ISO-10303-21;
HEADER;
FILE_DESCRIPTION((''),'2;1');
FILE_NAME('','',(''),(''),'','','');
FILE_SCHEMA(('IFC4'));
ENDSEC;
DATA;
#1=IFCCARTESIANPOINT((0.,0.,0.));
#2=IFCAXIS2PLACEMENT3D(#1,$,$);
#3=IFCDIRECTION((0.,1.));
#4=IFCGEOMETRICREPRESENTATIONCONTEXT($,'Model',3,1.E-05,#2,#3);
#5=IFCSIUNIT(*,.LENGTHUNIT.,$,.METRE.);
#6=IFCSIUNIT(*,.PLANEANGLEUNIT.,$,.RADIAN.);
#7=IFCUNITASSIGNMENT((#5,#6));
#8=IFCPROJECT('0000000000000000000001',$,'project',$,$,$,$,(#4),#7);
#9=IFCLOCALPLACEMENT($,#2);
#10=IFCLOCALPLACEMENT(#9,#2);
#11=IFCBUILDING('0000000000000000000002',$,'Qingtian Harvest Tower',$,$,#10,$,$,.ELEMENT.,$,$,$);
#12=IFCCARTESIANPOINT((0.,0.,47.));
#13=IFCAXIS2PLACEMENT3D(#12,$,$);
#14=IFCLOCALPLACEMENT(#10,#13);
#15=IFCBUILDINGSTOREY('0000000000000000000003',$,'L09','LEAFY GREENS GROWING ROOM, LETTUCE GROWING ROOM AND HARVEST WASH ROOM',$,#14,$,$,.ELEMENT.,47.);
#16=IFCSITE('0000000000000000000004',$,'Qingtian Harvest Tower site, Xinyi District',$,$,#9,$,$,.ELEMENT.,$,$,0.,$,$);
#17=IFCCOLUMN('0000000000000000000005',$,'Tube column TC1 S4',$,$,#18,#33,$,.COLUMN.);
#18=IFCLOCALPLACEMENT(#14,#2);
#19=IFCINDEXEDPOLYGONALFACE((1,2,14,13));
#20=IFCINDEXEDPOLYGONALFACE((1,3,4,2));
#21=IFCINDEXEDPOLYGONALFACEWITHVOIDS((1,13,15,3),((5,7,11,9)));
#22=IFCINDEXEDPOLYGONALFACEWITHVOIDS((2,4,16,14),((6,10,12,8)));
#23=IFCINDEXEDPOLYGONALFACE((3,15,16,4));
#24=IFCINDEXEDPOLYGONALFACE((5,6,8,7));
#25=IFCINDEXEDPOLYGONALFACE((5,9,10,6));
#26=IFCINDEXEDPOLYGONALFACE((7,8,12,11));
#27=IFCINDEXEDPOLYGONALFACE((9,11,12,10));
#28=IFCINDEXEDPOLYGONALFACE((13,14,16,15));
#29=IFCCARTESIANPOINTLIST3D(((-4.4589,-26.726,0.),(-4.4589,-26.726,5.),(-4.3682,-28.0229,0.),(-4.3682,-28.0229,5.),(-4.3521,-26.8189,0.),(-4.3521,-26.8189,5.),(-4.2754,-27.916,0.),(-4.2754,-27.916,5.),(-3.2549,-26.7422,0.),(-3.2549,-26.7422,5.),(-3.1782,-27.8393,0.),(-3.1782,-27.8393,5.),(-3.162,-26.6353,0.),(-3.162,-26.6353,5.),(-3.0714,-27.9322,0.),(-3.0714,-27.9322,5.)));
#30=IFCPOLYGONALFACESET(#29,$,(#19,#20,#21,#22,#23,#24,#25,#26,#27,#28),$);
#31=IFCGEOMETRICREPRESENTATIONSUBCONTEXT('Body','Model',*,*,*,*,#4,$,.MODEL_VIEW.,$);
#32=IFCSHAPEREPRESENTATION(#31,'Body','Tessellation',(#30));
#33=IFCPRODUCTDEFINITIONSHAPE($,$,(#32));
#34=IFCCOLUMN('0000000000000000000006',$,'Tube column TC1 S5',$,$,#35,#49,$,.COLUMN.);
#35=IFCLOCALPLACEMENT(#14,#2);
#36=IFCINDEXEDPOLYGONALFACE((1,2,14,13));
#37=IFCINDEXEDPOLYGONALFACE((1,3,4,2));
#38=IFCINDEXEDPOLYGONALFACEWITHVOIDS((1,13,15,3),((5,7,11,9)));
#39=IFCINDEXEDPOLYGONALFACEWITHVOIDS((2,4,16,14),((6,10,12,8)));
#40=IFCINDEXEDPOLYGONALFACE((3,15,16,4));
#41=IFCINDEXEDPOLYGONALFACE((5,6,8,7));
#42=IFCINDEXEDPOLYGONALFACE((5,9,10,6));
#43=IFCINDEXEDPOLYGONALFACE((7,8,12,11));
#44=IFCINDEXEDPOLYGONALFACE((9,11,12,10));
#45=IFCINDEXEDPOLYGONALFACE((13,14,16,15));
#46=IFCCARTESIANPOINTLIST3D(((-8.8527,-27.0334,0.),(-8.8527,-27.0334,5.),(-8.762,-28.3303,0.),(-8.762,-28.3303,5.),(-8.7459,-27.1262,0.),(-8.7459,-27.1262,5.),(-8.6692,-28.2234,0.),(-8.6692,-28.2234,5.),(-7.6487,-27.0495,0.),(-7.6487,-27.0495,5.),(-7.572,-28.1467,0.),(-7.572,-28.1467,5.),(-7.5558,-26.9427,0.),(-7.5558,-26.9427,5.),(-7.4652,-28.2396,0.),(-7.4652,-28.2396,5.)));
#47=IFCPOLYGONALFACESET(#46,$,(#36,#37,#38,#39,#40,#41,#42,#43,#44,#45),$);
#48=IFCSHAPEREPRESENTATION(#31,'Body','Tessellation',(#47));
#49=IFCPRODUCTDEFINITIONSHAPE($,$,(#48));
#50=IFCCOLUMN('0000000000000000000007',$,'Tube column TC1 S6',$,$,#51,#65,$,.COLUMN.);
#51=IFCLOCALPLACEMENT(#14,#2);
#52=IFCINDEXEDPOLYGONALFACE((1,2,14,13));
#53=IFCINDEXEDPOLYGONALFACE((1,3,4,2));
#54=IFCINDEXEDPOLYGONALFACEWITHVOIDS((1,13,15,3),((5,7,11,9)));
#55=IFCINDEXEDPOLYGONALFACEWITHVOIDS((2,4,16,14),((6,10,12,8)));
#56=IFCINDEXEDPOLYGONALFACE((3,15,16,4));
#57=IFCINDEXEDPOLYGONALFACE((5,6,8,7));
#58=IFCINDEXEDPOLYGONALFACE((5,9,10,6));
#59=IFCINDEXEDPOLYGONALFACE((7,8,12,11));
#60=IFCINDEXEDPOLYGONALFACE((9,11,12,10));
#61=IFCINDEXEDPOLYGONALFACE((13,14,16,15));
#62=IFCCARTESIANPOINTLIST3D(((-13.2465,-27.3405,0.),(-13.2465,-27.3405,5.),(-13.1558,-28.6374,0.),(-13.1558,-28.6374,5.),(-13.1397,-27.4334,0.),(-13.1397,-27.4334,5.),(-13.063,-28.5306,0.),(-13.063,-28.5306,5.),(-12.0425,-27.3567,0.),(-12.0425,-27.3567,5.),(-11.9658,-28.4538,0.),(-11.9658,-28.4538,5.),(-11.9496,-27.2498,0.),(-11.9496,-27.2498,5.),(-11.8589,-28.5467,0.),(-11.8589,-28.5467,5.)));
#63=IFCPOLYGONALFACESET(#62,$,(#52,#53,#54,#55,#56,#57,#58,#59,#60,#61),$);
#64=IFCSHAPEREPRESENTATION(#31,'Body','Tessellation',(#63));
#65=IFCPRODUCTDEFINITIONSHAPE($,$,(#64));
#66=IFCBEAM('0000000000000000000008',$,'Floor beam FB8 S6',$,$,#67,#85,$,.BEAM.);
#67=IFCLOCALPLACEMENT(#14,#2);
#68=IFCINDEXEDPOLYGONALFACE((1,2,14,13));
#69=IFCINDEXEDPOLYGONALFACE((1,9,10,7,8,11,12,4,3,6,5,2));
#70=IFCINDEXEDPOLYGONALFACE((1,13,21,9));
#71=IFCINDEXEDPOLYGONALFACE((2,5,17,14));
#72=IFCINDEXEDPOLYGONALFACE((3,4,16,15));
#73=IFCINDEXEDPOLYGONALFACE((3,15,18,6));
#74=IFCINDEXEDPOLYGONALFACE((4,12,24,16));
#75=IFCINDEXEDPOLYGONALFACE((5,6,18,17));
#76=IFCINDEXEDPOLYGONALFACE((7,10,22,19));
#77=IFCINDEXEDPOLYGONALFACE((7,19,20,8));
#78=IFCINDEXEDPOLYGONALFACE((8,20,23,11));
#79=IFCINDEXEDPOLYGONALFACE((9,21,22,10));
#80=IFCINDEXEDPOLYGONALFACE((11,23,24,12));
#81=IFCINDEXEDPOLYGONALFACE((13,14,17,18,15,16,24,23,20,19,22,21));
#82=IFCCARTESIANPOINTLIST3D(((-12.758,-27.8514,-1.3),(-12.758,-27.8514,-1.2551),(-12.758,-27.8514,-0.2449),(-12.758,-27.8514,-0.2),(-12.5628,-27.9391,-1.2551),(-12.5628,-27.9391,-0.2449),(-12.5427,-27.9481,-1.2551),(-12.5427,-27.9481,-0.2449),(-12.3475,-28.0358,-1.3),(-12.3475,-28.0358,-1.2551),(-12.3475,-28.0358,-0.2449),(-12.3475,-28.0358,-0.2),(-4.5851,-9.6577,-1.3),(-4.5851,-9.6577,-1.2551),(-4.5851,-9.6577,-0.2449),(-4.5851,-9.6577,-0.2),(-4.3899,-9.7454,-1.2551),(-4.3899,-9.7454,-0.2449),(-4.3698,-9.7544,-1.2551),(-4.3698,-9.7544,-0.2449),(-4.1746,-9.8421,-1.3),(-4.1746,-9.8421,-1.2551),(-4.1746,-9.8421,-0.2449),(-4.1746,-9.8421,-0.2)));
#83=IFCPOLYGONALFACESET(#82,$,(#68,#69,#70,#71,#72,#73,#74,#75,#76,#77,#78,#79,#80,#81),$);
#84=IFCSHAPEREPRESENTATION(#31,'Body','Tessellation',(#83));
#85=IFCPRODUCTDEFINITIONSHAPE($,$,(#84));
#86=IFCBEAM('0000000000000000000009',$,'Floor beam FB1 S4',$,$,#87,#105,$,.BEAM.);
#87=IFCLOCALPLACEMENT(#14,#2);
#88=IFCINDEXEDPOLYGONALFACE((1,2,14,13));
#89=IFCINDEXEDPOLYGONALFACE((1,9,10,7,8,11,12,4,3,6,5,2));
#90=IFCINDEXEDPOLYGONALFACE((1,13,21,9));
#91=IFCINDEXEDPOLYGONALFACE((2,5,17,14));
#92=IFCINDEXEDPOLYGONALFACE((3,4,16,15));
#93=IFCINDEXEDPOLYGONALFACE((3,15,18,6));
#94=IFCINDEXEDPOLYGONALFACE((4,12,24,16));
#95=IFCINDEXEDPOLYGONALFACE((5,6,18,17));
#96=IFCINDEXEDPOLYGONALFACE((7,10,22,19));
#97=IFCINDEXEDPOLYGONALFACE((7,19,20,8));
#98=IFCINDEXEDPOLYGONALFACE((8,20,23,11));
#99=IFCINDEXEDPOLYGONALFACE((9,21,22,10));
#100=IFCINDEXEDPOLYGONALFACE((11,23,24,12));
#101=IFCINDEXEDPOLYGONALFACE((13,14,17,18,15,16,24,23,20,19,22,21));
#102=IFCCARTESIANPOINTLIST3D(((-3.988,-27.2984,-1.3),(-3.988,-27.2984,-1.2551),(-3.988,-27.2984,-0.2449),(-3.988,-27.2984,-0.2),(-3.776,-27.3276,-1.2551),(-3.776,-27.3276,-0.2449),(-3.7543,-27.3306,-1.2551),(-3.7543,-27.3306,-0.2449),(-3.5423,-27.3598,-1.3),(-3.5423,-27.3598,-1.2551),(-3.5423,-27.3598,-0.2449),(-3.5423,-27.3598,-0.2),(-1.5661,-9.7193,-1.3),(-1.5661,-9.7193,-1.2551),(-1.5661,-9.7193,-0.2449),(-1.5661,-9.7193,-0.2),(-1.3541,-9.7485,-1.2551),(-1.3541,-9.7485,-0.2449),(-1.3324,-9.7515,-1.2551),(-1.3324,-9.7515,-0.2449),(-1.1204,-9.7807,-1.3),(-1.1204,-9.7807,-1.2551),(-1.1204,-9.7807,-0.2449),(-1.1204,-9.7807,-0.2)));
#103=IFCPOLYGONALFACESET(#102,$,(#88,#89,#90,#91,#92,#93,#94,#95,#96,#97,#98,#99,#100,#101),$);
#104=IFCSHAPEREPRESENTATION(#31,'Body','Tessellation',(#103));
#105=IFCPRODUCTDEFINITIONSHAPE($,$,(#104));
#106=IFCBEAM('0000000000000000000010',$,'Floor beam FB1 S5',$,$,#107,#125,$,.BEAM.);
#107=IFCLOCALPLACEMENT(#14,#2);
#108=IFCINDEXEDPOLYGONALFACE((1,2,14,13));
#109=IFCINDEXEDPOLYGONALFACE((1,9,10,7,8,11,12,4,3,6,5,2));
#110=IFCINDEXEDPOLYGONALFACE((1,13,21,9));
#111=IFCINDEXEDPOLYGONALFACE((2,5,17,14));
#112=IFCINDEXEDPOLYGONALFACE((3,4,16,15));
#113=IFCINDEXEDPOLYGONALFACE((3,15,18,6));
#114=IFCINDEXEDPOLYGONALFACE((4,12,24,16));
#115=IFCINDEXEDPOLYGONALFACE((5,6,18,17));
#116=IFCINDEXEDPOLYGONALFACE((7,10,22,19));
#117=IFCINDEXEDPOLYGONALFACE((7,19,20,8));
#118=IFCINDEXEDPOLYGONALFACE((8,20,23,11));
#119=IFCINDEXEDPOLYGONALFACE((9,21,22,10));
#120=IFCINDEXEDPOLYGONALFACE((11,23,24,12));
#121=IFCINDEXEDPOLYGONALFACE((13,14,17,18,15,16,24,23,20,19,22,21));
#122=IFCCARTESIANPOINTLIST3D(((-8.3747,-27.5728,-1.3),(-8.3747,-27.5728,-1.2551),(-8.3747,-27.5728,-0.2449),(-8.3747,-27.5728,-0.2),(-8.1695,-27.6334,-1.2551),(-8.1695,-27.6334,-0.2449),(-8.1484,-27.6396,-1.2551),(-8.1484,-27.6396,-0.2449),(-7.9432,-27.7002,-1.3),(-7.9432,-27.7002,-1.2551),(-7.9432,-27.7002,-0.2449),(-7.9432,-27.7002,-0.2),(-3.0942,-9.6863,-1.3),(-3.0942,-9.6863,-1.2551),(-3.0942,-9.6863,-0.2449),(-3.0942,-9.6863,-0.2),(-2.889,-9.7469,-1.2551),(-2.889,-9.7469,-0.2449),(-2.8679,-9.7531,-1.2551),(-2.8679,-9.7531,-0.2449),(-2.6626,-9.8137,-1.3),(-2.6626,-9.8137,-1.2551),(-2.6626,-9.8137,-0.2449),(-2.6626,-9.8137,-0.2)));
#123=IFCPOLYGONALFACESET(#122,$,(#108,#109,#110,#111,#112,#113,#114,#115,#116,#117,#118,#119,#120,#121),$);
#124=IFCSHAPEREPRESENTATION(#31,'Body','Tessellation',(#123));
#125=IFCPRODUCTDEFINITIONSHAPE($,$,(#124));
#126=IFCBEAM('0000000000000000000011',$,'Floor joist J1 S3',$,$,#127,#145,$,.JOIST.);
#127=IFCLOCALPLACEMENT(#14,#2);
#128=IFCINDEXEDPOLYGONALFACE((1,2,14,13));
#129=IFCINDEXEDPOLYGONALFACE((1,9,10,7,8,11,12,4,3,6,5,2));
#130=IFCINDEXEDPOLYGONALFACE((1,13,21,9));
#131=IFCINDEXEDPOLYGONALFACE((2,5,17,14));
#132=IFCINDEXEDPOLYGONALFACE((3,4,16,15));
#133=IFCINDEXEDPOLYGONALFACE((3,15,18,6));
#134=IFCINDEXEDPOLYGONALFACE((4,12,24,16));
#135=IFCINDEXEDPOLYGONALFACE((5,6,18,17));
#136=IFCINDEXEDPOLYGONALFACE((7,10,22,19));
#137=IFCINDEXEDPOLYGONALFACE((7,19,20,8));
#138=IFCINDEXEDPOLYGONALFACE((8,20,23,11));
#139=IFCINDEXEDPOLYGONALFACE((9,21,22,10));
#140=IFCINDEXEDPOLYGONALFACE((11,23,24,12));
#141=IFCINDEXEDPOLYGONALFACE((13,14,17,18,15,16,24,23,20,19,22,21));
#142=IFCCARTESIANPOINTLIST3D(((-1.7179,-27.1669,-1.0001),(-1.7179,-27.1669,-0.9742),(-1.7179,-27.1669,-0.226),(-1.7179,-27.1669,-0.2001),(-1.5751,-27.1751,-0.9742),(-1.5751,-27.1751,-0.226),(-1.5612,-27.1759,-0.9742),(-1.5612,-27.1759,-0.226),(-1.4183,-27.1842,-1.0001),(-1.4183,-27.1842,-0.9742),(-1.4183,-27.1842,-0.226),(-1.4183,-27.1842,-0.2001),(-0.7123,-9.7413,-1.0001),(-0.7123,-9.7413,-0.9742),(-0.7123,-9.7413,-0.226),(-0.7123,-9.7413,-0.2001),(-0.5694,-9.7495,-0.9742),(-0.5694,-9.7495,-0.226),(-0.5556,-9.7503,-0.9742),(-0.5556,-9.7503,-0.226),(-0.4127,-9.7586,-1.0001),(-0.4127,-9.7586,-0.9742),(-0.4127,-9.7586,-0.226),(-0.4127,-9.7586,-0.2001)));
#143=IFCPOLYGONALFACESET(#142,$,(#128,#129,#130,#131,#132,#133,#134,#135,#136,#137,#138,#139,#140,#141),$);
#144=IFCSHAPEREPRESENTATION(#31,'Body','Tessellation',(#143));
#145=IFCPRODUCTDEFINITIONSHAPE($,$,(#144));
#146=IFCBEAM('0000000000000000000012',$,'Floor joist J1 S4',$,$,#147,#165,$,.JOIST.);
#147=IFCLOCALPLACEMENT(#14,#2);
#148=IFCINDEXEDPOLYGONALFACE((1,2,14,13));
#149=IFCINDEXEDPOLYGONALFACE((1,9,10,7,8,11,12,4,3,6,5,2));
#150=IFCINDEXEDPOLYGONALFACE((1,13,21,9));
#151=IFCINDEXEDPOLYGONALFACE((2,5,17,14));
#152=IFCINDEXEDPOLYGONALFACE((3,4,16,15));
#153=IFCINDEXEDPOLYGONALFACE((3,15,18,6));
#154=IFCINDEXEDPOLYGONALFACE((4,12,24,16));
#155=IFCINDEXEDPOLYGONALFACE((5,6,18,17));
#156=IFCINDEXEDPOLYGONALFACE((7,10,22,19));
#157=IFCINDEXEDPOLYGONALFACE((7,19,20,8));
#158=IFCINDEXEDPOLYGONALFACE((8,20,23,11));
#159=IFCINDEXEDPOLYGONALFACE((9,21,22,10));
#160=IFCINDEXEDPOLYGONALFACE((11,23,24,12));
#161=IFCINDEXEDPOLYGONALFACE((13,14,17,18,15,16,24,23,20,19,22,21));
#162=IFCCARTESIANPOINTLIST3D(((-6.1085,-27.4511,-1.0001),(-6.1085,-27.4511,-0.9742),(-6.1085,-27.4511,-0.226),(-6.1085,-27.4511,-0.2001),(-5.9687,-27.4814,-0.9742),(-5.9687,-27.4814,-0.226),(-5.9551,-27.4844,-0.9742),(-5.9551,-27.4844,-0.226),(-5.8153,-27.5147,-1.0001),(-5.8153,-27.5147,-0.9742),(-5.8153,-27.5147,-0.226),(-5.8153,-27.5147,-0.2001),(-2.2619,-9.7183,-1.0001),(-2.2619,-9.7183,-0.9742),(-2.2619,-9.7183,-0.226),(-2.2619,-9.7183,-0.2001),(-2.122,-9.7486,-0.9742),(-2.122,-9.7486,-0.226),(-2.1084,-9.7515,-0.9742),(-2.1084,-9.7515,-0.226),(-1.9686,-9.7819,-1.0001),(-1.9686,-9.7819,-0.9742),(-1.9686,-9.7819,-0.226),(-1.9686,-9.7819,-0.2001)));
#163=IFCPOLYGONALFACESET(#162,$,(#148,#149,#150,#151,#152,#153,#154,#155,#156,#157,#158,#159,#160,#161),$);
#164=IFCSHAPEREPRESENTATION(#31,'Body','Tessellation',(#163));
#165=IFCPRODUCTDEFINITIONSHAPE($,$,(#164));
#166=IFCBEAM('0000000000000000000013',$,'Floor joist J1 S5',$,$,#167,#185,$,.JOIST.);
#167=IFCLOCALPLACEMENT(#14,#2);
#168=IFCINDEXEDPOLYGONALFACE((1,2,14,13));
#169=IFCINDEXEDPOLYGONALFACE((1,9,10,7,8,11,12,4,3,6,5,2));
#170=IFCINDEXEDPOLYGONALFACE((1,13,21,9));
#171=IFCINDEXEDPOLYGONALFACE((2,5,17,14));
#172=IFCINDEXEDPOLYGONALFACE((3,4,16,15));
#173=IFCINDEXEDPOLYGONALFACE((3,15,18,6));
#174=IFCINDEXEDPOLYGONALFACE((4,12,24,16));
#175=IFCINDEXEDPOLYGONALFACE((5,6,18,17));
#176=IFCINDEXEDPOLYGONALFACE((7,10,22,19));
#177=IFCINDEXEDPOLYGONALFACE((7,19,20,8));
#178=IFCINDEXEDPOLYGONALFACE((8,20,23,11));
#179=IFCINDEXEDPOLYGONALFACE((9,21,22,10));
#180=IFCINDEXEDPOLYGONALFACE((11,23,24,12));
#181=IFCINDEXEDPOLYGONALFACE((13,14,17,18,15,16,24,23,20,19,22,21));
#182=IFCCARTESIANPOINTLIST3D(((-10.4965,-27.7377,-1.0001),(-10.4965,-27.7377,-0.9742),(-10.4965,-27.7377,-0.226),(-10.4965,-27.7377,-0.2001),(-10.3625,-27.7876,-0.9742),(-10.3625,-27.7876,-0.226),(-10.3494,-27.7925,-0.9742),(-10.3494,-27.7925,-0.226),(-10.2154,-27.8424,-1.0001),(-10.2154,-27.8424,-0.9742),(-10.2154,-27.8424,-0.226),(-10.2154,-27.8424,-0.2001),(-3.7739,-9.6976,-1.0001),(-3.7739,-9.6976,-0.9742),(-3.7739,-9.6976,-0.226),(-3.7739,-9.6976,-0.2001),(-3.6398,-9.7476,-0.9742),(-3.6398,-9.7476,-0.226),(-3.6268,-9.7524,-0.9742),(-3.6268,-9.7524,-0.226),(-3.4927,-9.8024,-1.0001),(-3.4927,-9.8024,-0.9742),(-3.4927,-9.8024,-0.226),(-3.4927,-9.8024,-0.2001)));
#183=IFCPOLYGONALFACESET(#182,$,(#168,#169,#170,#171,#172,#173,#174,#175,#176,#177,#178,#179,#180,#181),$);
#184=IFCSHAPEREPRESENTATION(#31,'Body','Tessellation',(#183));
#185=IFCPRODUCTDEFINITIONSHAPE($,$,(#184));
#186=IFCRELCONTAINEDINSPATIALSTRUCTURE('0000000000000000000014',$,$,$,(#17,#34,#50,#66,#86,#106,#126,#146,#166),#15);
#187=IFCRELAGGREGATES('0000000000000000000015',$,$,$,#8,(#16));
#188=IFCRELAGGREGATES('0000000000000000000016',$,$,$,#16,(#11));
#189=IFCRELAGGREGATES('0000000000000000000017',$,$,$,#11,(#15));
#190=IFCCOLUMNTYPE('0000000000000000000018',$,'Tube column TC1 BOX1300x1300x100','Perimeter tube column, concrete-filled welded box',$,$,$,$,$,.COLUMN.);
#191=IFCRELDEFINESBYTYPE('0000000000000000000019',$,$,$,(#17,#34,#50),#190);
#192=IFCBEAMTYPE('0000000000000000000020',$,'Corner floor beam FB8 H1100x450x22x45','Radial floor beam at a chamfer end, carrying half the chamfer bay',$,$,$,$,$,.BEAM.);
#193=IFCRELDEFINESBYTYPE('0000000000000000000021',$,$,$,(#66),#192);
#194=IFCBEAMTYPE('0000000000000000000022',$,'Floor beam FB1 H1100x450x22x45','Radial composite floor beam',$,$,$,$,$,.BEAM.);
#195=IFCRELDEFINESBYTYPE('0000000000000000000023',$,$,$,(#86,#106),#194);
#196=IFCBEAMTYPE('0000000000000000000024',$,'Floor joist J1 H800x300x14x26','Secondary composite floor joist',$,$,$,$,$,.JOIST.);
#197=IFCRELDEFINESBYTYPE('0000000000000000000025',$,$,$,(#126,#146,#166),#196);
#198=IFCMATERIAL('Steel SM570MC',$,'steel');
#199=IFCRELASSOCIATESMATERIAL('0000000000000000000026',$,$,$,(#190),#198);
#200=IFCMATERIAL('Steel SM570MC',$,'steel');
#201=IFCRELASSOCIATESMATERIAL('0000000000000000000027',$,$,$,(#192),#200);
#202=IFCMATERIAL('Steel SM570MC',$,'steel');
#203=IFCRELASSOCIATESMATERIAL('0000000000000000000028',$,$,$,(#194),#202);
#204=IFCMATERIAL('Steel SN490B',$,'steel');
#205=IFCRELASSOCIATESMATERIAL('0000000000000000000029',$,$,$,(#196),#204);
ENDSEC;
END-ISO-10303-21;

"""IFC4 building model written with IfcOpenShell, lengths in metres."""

from ifc_helpers import new_model, si_unit, direction, frame, origin, origin_2d, place, context, subcontext, project, spatial, hollow_rectangle, i_section, extrude, material, material_profile, profile_set, type_object, element, save


model = new_model("IFC4")

# Units and contexts
model_context = context("Model", 3, precision=1e-05, world=origin(), true_north=direction((0.0, 1.0)))
body_context = subcontext(model_context, "Body", "Model", "MODEL_VIEW")
ifc_project = project(units=[si_unit("LENGTHUNIT", "METRE"), si_unit("PLANEANGLEUNIT", "RADIAN")], contexts=[model_context])

# Site, building, storey
site_placement = place(None, origin())
site = spatial("IfcSite", under=ifc_project, at=site_placement, Name="Qingtian Harvest Tower site, Xinyi District", CompositionType="ELEMENT", RefElevation=0.0)
building_placement = place(site_placement, origin())
building = spatial("IfcBuilding", under=site, at=building_placement, Name="Qingtian Harvest Tower", CompositionType="ELEMENT")
storey_placement = place(building_placement, frame((0.0, 0.0, 47.0)))
storey = spatial("IfcBuildingStorey", under=building, at=storey_placement, Name="L09", Description="LEAFY GREENS GROWING ROOM, LETTUCE GROWING ROOM AND HARVEST WASH ROOM", CompositionType="ELEMENT", Elevation=47.0)

# Columns
ifc_material_1 = material(Name="Steel SM570MC", Category="steel")
ifc_material_profile_1 = material_profile(ifc_material_1, hollow_rectangle(XDim=1.3, YDim=1.3, WallThickness=0.1001, at=origin_2d()), Name="BOX1300x1300x100")
ifc_profile_set_1 = profile_set([ifc_material_profile_1], Name="Steel SM570MC")
column_type = type_object("IfcColumnType", Name="Tube column TC1 BOX1300x1300x100", Description="Perimeter tube column, concrete-filled welded box", PredefinedType="COLUMN", material=ifc_profile_set_1)
for number, where, z_axis, x_axis, name in (
    (1, (-3.7651, -27.3291, 0.0), (0.0, 0.0, 1.0), (0.997564, 0.069756, 0.0), "Tube column TC1 S4"),
    (2, (-8.1589, -27.6365, 0.0), (0.0, 0.0, 1.0), (0.997564, 0.069756, 0.0), "Tube column TC1 S5"),
    (3, (-12.5527, -27.9436, 0.0), (0.0, 0.0, 1.0), (0.997564, 0.069756, 0.0), "Tube column TC1 S6"),
):
    element("IfcColumn", number, at=place(storey_placement, frame(where, z_axis=z_axis, x_axis=x_axis)), inside=storey, type_object=column_type, Name=name, PredefinedType="COLUMN", context=body_context, shape_type="SweptSolid", body=[
        extrude(hollow_rectangle(XDim=1.3, YDim=1.3, WallThickness=0.1001, at=origin_2d()), origin(), (0.0, 0.0, 1.0), 5.0),
    ])

# Beams
ifc_material_2 = material(Name="Steel SM570MC", Category="steel")
ifc_material_profile_2 = material_profile(ifc_material_2, i_section(OverallWidth=0.45, OverallDepth=1.1001, WebThickness=0.022, FlangeThickness=0.0449, at=origin_2d()), Name="H1100x450x22x45")
ifc_profile_set_2 = profile_set([ifc_material_profile_2], Name="Steel SM570MC")
beam_type_1 = type_object("IfcBeamType", Name="Corner floor beam FB8 H1100x450x22x45", Description="Radial floor beam at a chamfer end, carrying half the chamfer bay", PredefinedType="BEAM", material=ifc_profile_set_2)
beam_1_placement = place(storey_placement, frame((-12.5527, -27.9436, -0.75), z_axis=(0.40977, 0.912189, 0.0), x_axis=(-0.912189, 0.40977, 0.0)))
element("IfcBeam", 4, at=beam_1_placement, inside=storey, type_object=beam_type_1, Name="Floor beam FB8 S6", PredefinedType="BEAM", context=body_context, shape_type="SweptSolid", body=[
    extrude(i_section(OverallWidth=0.45, OverallDepth=1.1001, WebThickness=0.022, FlangeThickness=0.0449, at=origin_2d()), origin(), (0.0, 0.0, 1.0), 19.9451),
])
ifc_material_3 = material(Name="Steel SM570MC", Category="steel")
ifc_material_profile_3 = material_profile(ifc_material_3, i_section(OverallWidth=0.45, OverallDepth=1.1001, WebThickness=0.022, FlangeThickness=0.0449, at=origin_2d()), Name="H1100x450x22x45")
ifc_profile_set_3 = profile_set([ifc_material_profile_3], Name="Steel SM570MC")
beam_type_2 = type_object("IfcBeamType", Name="Floor beam FB1 H1100x450x22x45", Description="Radial composite floor beam", PredefinedType="BEAM", material=ifc_profile_set_3)
beam_2_placement = place(storey_placement, frame((-3.7651, -27.3291, -0.75), z_axis=(0.136481, 0.990643, 0.0), x_axis=(-0.990643, 0.136481, 0.0)))
element("IfcBeam", 5, at=beam_2_placement, inside=storey, type_object=beam_type_2, Name="Floor beam FB1 S4", PredefinedType="BEAM", context=body_context, shape_type="SweptSolid", body=[
    extrude(i_section(OverallWidth=0.45, OverallDepth=1.1001, WebThickness=0.022, FlangeThickness=0.0449, at=origin_2d()), origin(), (0.0, 0.0, 1.0), 17.7451),
])
beam_3_placement = place(storey_placement, frame((-8.1589, -27.6365, -0.75), z_axis=(0.283143, 0.959078, 0.0), x_axis=(-0.959078, 0.283143, 0.0)))
element("IfcBeam", 6, at=beam_3_placement, inside=storey, type_object=beam_type_2, Name="Floor beam FB1 S5", PredefinedType="BEAM", context=body_context, shape_type="SweptSolid", body=[
    extrude(i_section(OverallWidth=0.45, OverallDepth=1.1001, WebThickness=0.022, FlangeThickness=0.0449, at=origin_2d()), origin(), (0.0, 0.0, 1.0), 18.6497),
])
ifc_material_4 = material(Name="Steel SN490B", Category="steel")
ifc_material_profile_4 = material_profile(ifc_material_4, i_section(OverallWidth=0.3, OverallDepth=0.8, WebThickness=0.0139, FlangeThickness=0.0259, at=origin_2d()), Name="H800x300x14x26")
ifc_profile_set_4 = profile_set([ifc_material_profile_4], Name="Steel SN490B")
beam_type_3 = type_object("IfcBeamType", Name="Floor joist J1 H800x300x14x26", Description="Secondary composite floor joist", PredefinedType="JOIST", material=ifc_profile_set_4)
beam_4_placement = place(storey_placement, frame((-1.5681, -27.1755, -0.6001), z_axis=(0.057613, 0.998339, 0.0), x_axis=(-0.998339, 0.057613, 0.0)))
element("IfcBeam", 7, at=beam_4_placement, inside=storey, type_object=beam_type_3, Name="Floor joist J1 S3", PredefinedType="JOIST", context=body_context, shape_type="SweptSolid", body=[
    extrude(i_section(OverallWidth=0.3, OverallDepth=0.8, WebThickness=0.0139, FlangeThickness=0.0259, at=origin_2d()), origin(), (0.0, 0.0, 1.0), 17.4546),
])
beam_5_placement = place(storey_placement, frame((-5.9619, -27.4829, -0.6001), z_axis=(0.211993, 0.977271, 0.0), x_axis=(-0.977271, 0.211993, 0.0)))
element("IfcBeam", 8, at=beam_5_placement, inside=storey, type_object=beam_type_3, Name="Floor joist J1 S4", PredefinedType="JOIST", context=body_context, shape_type="SweptSolid", body=[
    extrude(i_section(OverallWidth=0.3, OverallDepth=0.8, WebThickness=0.0139, FlangeThickness=0.0259, at=origin_2d()), origin(), (0.0, 0.0, 1.0), 18.1453),
])
beam_6_placement = place(storey_placement, frame((-10.356, -27.79, -0.6001), z_axis=(0.349194, 0.937051, 0.0), x_axis=(-0.937051, 0.349194, 0.0)))
element("IfcBeam", 9, at=beam_6_placement, inside=storey, type_object=beam_type_3, Name="Floor joist J1 S5", PredefinedType="JOIST", context=body_context, shape_type="SweptSolid", body=[
    extrude(i_section(OverallWidth=0.3, OverallDepth=0.8, WebThickness=0.0139, FlangeThickness=0.0259, at=origin_2d()), origin(), (0.0, 0.0, 1.0), 19.252),
])

save(model, "model.ifc")
